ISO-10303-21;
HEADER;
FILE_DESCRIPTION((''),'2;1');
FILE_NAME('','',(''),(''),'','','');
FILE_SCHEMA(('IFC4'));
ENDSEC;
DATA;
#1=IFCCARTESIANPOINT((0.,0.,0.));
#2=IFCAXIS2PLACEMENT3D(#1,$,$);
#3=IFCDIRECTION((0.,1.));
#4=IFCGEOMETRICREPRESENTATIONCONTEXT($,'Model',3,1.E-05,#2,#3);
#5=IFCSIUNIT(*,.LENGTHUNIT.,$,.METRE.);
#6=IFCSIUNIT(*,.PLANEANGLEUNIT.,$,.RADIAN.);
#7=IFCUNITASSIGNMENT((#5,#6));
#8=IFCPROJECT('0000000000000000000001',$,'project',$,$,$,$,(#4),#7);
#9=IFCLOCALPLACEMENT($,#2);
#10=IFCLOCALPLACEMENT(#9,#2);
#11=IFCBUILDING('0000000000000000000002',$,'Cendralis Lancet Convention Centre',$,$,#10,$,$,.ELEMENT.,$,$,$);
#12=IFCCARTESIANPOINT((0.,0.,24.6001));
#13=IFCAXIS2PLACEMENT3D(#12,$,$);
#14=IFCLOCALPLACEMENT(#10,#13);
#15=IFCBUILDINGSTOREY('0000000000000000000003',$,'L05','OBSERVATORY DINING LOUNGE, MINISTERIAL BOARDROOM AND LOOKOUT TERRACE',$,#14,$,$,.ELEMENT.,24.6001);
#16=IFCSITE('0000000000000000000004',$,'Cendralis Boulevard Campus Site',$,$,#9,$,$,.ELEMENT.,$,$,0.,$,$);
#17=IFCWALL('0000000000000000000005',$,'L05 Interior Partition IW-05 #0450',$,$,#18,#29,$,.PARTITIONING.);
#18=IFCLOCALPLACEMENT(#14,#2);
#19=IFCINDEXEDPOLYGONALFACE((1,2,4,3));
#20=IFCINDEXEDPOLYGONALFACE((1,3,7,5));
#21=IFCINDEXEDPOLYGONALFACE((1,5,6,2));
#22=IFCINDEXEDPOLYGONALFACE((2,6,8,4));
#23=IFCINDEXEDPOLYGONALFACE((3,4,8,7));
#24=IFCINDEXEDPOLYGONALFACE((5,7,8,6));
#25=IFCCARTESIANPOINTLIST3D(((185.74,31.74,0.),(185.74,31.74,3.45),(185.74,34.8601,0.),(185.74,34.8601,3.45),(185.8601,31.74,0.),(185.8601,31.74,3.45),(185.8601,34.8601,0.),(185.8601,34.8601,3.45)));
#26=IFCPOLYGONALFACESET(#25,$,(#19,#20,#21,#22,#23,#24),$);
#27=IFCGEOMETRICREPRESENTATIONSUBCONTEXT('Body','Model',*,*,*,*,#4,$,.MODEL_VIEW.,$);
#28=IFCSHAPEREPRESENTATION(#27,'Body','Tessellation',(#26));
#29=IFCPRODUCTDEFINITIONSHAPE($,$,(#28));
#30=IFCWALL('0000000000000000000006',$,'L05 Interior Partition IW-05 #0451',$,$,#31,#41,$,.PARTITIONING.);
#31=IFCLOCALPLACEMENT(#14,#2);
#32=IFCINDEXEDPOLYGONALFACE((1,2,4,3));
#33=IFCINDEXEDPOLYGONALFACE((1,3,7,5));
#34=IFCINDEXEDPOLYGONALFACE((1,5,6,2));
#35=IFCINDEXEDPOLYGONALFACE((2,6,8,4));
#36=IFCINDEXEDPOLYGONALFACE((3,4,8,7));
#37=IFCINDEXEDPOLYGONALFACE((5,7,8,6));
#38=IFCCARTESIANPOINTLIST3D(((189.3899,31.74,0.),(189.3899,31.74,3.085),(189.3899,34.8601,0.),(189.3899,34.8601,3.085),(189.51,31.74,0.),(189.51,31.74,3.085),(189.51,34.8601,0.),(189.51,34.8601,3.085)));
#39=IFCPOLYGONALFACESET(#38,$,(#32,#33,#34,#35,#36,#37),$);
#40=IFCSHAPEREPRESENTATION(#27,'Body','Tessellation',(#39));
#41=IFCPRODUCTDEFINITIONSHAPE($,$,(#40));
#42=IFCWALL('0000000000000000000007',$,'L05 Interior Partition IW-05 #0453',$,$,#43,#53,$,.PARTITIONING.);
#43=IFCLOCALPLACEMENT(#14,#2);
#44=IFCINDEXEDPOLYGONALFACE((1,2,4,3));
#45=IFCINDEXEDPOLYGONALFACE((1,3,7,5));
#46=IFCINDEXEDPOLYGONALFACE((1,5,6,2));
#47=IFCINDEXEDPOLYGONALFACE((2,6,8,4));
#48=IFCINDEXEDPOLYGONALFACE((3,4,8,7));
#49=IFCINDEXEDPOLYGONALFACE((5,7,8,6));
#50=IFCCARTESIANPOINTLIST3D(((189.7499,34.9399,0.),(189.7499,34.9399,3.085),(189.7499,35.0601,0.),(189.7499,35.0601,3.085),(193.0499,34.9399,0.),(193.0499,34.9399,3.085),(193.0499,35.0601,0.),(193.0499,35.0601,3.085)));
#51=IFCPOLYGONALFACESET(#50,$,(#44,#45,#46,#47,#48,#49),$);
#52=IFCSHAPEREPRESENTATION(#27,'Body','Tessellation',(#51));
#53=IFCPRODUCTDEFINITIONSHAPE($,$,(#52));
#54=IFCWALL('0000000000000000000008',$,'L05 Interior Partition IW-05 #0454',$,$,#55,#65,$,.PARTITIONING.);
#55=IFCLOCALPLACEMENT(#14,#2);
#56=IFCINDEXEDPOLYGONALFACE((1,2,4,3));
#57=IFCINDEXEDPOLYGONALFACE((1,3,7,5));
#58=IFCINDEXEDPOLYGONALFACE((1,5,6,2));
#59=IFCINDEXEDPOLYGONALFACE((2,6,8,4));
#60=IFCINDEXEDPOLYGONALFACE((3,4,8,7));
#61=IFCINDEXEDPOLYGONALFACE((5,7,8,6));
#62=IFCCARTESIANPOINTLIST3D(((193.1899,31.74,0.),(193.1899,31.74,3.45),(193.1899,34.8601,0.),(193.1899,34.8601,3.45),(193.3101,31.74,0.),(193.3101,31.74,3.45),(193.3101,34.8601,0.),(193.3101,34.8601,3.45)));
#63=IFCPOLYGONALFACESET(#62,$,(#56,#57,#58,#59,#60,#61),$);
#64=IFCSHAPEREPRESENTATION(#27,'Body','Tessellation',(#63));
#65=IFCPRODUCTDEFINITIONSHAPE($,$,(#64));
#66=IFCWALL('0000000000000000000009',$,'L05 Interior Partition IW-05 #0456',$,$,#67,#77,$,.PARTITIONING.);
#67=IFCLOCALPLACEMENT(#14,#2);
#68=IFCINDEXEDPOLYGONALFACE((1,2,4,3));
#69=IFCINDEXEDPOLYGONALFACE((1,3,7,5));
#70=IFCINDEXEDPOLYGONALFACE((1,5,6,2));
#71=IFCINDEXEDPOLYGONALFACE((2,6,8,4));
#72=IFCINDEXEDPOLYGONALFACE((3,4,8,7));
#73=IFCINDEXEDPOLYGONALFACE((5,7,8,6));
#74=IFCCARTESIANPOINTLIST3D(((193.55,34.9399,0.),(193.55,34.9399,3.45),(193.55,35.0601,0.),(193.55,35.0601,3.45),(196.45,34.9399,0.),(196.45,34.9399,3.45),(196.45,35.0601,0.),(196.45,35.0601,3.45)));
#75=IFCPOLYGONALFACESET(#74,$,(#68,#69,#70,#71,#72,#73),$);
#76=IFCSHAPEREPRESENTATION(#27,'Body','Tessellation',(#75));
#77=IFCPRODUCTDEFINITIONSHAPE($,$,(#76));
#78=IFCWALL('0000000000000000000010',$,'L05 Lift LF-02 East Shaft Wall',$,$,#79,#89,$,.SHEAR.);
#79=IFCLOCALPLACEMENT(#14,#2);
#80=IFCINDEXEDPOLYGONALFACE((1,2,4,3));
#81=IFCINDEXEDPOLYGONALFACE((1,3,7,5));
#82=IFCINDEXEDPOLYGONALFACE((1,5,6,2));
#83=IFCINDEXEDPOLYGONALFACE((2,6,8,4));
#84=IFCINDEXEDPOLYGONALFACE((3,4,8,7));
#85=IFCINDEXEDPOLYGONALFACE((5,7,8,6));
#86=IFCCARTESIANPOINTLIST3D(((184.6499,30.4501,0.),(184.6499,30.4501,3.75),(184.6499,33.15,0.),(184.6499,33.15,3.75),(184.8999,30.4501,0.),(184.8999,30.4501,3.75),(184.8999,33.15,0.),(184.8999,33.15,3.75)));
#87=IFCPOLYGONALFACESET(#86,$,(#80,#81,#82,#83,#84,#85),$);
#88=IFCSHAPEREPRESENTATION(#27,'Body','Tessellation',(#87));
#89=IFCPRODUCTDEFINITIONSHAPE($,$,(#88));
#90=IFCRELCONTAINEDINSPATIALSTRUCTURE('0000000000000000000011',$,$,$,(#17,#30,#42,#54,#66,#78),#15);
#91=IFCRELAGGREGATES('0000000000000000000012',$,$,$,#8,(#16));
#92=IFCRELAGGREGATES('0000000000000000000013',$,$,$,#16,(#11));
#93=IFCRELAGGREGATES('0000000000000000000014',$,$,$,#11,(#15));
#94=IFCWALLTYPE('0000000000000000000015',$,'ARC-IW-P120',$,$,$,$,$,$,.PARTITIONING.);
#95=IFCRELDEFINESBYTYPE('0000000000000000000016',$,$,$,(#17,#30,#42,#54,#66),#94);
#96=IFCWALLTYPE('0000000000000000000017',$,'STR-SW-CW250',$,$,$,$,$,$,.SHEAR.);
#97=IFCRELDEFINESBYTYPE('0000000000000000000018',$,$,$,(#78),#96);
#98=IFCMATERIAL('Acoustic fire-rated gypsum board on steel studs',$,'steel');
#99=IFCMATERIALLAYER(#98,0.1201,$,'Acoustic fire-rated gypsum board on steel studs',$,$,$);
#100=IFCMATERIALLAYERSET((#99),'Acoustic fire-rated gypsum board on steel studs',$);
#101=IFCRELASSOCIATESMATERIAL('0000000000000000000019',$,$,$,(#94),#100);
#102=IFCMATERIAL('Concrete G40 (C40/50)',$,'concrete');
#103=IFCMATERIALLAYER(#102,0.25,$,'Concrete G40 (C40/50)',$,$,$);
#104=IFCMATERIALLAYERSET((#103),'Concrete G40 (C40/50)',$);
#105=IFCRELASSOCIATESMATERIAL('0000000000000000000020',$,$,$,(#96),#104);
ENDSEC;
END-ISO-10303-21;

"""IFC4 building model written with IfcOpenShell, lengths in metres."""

from ifc_helpers import new_model, si_unit, direction, frame, frame_2d, origin, place, context, subcontext, project, spatial, rectangle, extrude, material, layer, layer_set, type_object, element, save


model = new_model("IFC4")

# Units and contexts
model_context = context("Model", 3, precision=1e-05, world=origin(), true_north=direction((0.0, 1.0)))
body_context = subcontext(model_context, "Body", "Model", "MODEL_VIEW")
ifc_project = project(units=[si_unit("LENGTHUNIT", "METRE"), si_unit("PLANEANGLEUNIT", "RADIAN")], contexts=[model_context])

# Site, building, storey
site_placement = place(None, origin())
site = spatial("IfcSite", under=ifc_project, at=site_placement, Name="Cendralis Boulevard Campus Site", CompositionType="ELEMENT", RefElevation=0.0)
building_placement = place(site_placement, origin())
building = spatial("IfcBuilding", under=site, at=building_placement, Name="Cendralis Lancet Convention Centre", CompositionType="ELEMENT")
storey_placement = place(building_placement, frame((0.0, 0.0, 24.6001)))
storey = spatial("IfcBuildingStorey", under=building, at=storey_placement, Name="L05", Description="OBSERVATORY DINING LOUNGE, MINISTERIAL BOARDROOM AND LOOKOUT TERRACE", CompositionType="ELEMENT", Elevation=24.6001)

# Shared definitions
ifc_material_1 = material(Name="Concrete G40 (C40/50)", Category="concrete")

# Shared definitions
ifc_material_2 = material(Name="Acoustic fire-rated gypsum board on steel studs", Category="steel")
ifc_layer_1 = layer(ifc_material_2, 0.1201, Name="Acoustic fire-rated gypsum board on steel studs")
ifc_layer_set_1 = layer_set([ifc_layer_1], Name="Acoustic fire-rated gypsum board on steel studs")
wall_type_1 = type_object("IfcWallType", Name="ARC-IW-P120", PredefinedType="PARTITIONING", material=ifc_layer_set_1)

# Walls
wall_1_placement = place(storey_placement, frame((185.8, 31.74, 0.0), z_axis=(0.0, 0.0, 1.0), x_axis=(0.0, 1.0, 0.0)))
element("IfcWall", 1, at=wall_1_placement, inside=storey, type_object=wall_type_1, Name="L05 Interior Partition IW-05 #0450", PredefinedType="PARTITIONING", context=body_context, shape_type="SweptSolid", body=[
    extrude(rectangle(XDim=3.1201, YDim=0.1201, at=frame_2d((1.5601, 0.0))), origin(), (0.0, 0.0, 1.0), 3.45),
])
wall_2_placement = place(storey_placement, frame((189.45, 31.74, 0.0), z_axis=(0.0, 0.0, 1.0), x_axis=(0.0, 1.0, 0.0)))
element("IfcWall", 2, at=wall_2_placement, inside=storey, type_object=wall_type_1, Name="L05 Interior Partition IW-05 #0451", PredefinedType="PARTITIONING", context=body_context, shape_type="SweptSolid", body=[
    extrude(rectangle(XDim=3.1201, YDim=0.1201, at=frame_2d((1.5601, 0.0))), origin(), (0.0, 0.0, 1.0), 3.085),
])

# Walls
wall_3_placement = place(storey_placement, frame((189.75, 35.0, 0.0), z_axis=(0.0, 0.0, 1.0), x_axis=(1.0, 0.0, 0.0)))
element("IfcWall", 3, at=wall_3_placement, inside=storey, type_object=wall_type_1, Name="L05 Interior Partition IW-05 #0453", PredefinedType="PARTITIONING", context=body_context, shape_type="SweptSolid", body=[
    extrude(rectangle(XDim=3.3, YDim=0.1201, at=frame_2d((1.6499, 0.0))), origin(), (0.0, 0.0, 1.0), 3.085),
])
wall_4_placement = place(storey_placement, frame((193.25, 31.74, 0.0), z_axis=(0.0, 0.0, 1.0), x_axis=(0.0, 1.0, 0.0)))
element("IfcWall", 4, at=wall_4_placement, inside=storey, type_object=wall_type_1, Name="L05 Interior Partition IW-05 #0454", PredefinedType="PARTITIONING", context=body_context, shape_type="SweptSolid", body=[
    extrude(rectangle(XDim=3.1201, YDim=0.1201, at=frame_2d((1.5601, 0.0))), origin(), (0.0, 0.0, 1.0), 3.45),
])

# Wall
wall_5_placement = place(storey_placement, frame((193.55, 35.0, 0.0), z_axis=(0.0, 0.0, 1.0), x_axis=(1.0, 0.0, 0.0)))
element("IfcWall", 5, at=wall_5_placement, inside=storey, type_object=wall_type_1, Name="L05 Interior Partition IW-05 #0456", PredefinedType="PARTITIONING", context=body_context, shape_type="SweptSolid", body=[
    extrude(rectangle(XDim=2.8999, YDim=0.1201, at=frame_2d((1.45, 0.0))), origin(), (0.0, 0.0, 1.0), 3.45),
])

# Wall
ifc_layer_2 = layer(ifc_material_1, 0.25, Name="Concrete G40 (C40/50)")
ifc_layer_set_2 = layer_set([ifc_layer_2], Name="Concrete G40 (C40/50)")
wall_type_2 = type_object("IfcWallType", Name="STR-SW-CW250", PredefinedType="SHEAR", material=ifc_layer_set_2)
wall_6_placement = place(storey_placement, frame((184.7749, 30.45, 0.0), z_axis=(0.0, 0.0, 1.0), x_axis=(0.0, 1.0, 0.0)))
element("IfcWall", 6, at=wall_6_placement, inside=storey, type_object=wall_type_2, Name="L05 Lift LF-02 East Shaft Wall", PredefinedType="SHEAR", context=body_context, shape_type="SweptSolid", body=[
    extrude(rectangle(XDim=2.7, YDim=0.25, at=frame_2d((1.3501, 0.0))), origin(), (0.0, 0.0, 1.0), 3.75),
])

save(model, "model.ifc")
